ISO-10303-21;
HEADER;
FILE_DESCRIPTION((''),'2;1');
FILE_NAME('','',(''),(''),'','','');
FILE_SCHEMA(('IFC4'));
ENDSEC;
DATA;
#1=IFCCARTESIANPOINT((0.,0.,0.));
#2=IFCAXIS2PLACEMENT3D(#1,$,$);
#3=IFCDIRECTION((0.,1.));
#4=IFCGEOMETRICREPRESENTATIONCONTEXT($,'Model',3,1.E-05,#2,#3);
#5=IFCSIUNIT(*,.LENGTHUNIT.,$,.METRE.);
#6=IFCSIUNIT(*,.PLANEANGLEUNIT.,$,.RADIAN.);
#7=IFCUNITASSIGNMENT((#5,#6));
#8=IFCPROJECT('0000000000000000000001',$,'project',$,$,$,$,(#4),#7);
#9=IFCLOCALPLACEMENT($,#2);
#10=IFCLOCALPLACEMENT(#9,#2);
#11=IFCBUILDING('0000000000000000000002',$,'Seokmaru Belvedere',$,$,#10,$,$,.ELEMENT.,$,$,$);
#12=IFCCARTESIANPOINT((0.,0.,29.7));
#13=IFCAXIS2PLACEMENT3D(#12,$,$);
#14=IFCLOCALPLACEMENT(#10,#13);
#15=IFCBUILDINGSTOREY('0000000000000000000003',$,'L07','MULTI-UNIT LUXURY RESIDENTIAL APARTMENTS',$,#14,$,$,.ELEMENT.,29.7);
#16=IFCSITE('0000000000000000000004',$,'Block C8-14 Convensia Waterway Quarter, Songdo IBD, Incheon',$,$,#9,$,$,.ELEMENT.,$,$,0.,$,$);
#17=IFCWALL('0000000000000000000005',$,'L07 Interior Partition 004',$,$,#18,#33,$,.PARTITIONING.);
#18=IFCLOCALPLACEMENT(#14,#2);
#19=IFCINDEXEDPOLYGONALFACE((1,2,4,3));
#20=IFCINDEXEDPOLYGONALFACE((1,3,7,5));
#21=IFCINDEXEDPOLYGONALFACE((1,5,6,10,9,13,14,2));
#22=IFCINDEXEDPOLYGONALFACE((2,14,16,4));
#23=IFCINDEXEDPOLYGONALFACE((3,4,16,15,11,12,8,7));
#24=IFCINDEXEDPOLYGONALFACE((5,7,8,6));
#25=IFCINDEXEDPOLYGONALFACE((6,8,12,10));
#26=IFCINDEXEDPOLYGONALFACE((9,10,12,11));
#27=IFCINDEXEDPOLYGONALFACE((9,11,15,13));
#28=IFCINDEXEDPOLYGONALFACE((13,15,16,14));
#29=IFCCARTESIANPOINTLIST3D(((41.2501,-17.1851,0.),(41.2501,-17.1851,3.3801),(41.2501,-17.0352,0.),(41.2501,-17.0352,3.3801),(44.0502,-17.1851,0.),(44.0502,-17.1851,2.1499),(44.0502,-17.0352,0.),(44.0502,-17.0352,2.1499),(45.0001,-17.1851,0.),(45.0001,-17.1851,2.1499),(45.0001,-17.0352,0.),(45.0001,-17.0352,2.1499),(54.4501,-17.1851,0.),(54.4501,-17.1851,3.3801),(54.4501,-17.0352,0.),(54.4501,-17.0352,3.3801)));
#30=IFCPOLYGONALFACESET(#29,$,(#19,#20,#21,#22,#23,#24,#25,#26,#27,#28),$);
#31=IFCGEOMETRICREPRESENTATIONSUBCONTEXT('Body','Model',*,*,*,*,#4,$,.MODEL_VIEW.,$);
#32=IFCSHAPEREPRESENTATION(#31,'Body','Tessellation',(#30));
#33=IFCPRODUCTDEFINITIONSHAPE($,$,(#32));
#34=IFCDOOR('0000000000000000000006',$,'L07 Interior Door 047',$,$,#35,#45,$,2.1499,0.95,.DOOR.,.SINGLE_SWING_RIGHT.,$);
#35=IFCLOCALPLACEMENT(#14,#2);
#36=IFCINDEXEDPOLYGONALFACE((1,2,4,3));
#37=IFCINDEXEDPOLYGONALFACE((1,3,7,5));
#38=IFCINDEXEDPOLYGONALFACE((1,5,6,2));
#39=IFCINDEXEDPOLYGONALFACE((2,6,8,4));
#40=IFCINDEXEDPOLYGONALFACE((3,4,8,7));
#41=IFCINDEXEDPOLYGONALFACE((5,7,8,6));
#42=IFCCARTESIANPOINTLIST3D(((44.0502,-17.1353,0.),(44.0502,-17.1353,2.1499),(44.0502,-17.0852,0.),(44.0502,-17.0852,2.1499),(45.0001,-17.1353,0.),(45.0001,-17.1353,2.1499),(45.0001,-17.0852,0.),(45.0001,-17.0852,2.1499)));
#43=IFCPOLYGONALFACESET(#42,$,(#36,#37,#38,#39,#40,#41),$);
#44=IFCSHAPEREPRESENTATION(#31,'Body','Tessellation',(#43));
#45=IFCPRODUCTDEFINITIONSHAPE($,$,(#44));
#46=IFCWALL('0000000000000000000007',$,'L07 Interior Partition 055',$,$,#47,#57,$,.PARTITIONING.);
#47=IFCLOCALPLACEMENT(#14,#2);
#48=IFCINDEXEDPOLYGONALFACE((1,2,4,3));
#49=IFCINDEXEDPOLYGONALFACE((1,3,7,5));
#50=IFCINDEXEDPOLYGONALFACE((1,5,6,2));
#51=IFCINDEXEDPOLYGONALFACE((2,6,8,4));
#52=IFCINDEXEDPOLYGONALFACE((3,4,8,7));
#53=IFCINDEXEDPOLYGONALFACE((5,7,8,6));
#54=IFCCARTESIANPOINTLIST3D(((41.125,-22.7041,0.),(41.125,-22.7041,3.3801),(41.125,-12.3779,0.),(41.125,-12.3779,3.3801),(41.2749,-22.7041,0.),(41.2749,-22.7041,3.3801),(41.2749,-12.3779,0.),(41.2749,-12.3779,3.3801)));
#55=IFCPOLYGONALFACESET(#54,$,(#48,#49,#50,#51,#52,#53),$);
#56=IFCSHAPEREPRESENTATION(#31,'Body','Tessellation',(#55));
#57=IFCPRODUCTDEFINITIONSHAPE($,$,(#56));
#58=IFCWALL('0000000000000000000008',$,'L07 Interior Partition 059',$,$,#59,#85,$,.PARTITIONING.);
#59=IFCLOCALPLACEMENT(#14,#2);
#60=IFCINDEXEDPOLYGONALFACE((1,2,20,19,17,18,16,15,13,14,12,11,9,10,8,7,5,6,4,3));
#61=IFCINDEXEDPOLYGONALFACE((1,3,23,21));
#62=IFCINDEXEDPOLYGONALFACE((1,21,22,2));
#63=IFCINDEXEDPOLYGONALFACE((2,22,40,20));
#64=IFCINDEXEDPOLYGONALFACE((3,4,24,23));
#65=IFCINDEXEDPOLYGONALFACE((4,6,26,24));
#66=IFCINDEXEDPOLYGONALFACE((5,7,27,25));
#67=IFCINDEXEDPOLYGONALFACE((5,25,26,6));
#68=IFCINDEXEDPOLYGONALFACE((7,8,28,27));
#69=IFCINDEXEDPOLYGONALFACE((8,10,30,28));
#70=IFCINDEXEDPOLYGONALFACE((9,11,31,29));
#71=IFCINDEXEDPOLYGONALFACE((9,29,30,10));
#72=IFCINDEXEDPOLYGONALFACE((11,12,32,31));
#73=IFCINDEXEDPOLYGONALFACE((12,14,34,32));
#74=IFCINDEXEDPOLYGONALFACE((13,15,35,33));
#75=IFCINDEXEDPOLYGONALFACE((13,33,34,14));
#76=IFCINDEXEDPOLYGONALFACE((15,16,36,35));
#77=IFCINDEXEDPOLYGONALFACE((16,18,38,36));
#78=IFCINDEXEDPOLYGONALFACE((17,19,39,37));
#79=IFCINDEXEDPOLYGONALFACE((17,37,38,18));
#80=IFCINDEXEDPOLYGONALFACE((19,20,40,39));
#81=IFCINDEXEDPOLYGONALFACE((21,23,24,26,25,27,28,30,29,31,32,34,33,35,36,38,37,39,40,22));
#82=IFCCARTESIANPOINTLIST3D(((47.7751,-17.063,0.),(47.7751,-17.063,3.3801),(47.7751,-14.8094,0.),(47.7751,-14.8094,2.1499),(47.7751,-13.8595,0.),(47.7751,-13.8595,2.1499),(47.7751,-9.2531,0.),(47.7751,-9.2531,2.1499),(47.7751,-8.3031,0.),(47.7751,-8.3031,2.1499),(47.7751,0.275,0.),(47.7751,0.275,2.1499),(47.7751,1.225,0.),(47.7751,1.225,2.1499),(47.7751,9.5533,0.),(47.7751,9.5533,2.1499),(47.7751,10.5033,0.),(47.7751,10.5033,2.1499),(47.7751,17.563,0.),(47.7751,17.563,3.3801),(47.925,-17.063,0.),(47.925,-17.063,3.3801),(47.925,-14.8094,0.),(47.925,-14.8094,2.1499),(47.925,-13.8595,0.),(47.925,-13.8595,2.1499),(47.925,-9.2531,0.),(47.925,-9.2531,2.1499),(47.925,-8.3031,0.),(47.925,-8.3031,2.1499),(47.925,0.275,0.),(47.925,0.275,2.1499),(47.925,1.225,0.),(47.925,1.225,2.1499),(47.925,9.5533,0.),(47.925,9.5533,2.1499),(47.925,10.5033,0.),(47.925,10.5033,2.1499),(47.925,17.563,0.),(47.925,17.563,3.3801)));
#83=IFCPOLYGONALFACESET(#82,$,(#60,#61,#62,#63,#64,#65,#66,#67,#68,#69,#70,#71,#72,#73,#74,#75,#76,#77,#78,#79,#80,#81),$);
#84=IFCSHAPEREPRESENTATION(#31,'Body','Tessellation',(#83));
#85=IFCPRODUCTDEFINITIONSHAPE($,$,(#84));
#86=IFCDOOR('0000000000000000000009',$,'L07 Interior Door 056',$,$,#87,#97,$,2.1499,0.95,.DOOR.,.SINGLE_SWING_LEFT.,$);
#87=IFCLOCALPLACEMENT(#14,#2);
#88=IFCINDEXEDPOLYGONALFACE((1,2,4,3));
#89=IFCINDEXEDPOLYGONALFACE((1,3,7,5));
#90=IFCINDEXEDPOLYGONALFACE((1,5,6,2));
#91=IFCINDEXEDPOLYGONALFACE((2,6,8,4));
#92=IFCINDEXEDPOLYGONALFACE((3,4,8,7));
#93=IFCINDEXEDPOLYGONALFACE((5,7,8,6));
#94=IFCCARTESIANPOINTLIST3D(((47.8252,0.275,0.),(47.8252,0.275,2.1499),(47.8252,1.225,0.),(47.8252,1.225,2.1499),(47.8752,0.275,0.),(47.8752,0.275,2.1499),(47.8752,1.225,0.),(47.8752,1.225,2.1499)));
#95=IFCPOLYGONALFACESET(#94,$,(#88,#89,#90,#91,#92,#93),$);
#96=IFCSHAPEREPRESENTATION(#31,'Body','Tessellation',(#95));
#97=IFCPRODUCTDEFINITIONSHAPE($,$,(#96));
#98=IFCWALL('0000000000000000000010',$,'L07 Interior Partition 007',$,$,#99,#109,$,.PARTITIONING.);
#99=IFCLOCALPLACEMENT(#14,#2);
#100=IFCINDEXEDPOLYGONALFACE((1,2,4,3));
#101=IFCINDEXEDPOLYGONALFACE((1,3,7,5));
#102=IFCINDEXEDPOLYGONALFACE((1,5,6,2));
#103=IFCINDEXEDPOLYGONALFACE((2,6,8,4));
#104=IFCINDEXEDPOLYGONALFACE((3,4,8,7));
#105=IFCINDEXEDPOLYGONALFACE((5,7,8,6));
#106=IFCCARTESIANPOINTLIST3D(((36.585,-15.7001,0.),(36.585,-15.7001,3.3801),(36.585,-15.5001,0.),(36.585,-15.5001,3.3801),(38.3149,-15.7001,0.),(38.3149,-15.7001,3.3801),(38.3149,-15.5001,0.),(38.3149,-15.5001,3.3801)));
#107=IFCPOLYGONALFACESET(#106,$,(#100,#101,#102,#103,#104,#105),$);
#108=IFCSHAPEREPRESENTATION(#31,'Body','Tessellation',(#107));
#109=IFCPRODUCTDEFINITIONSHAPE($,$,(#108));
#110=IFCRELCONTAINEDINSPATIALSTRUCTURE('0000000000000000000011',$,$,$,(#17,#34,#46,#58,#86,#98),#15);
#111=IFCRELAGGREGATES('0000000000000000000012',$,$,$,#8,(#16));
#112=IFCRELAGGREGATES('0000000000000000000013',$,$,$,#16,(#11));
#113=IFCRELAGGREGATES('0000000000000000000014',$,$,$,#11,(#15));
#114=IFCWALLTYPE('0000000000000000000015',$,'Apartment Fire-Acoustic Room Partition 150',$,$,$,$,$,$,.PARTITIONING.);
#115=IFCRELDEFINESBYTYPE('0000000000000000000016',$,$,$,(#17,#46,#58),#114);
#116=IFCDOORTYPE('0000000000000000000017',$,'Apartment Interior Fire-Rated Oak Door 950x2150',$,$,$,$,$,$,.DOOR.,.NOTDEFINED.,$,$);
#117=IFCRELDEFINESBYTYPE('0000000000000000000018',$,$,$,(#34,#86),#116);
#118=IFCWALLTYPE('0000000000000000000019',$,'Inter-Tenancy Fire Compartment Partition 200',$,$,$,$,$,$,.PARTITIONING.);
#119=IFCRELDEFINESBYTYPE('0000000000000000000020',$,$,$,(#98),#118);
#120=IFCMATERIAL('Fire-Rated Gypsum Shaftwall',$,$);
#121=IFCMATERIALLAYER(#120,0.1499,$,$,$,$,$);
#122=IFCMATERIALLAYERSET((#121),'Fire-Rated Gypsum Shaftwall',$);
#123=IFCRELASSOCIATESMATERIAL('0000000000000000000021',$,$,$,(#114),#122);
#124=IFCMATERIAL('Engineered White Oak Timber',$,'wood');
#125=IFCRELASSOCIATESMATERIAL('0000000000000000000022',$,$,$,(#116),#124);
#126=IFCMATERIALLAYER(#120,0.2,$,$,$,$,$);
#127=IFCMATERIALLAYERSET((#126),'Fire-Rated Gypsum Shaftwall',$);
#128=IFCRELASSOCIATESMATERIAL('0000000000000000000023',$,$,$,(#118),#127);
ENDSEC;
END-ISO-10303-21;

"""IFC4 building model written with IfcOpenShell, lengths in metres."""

from ifc_helpers import new_model, si_unit, direction, frame, frame_2d, origin, place, context, subcontext, project, spatial, rectangle, extrude, source, transform, mapped, material, layer, layer_set, type_object, type_shapes, element, fill, save


model = new_model("IFC4")

# Units and contexts
model_context = context("Model", 3, precision=1e-05, world=origin(), true_north=direction((0.0, 1.0)))
body_context = subcontext(model_context, "Body", "Model", "MODEL_VIEW")
ifc_project = project(units=[si_unit("LENGTHUNIT", "METRE"), si_unit("PLANEANGLEUNIT", "RADIAN")], contexts=[model_context])

# Site, building, storey
site_placement = place(None, origin())
site = spatial("IfcSite", under=ifc_project, at=site_placement, Name="Block C8-14 Convensia Waterway Quarter, Songdo IBD, Incheon", CompositionType="ELEMENT", RefElevation=0.0)
building_placement = place(site_placement, origin())
building = spatial("IfcBuilding", under=site, at=building_placement, Name="Seokmaru Belvedere", CompositionType="ELEMENT")
storey_placement = place(building_placement, frame((0.0, 0.0, 29.7)))
storey = spatial("IfcBuildingStorey", under=building, at=storey_placement, Name="L07", Description="MULTI-UNIT LUXURY RESIDENTIAL APARTMENTS", CompositionType="ELEMENT", Elevation=29.7)

# Wall, opening, door
ifc_material_1 = material(Name="Fire-Rated Gypsum Shaftwall")
ifc_layer_1 = layer(ifc_material_1, 0.1499)
ifc_layer_set_1 = layer_set([ifc_layer_1], Name="Fire-Rated Gypsum Shaftwall")
wall_type_1 = type_object("IfcWallType", Name="Apartment Fire-Acoustic Room Partition 150", PredefinedType="PARTITIONING", material=ifc_layer_set_1)
wall_1_placement = place(storey_placement, frame((41.25, -17.1101, 0.0), z_axis=(0.0, 0.0, 1.0), x_axis=(1.0, 0.0, 0.0)))
wall_1 = element("IfcWall", 1, at=wall_1_placement, inside=storey, type_object=wall_type_1, Name="L07 Interior Partition 004", PredefinedType="PARTITIONING", context=body_context, shape_type="SweptSolid", body=[
    extrude(rectangle(XDim=13.2, YDim=0.1499, at=frame_2d((6.6001, 0.0))), origin(), (0.0, 0.0, 1.0), 3.3801),
])
opening_1_placement = place(wall_1_placement, frame((2.8, 0.0, 0.0)))
opening_1 = element("IfcOpeningElement", 2, at=opening_1_placement, cuts=wall_1, PredefinedType="OPENING", context=body_context, shape_type="SweptSolid", body=[
    extrude(rectangle(XDim=0.95, YDim=2.1499, at=frame_2d((0.4751, 1.075))), frame((0.0, 0.085, 0.0), z_axis=(0.0, -1.0, 0.0), x_axis=(1.0, 0.0, 0.0)), (0.0, 0.0, 1.0), 0.1699),
])
ifc_material_2 = material(Name="Engineered White Oak Timber", Category="wood")
door_type_1 = type_object("IfcDoorType", Name="Apartment Interior Fire-Rated Oak Door 950x2150", OperationType="NOTDEFINED", PredefinedType="DOOR", material=ifc_material_2)
shared_shape_1 = source(origin(), body_context, "Body", "SweptSolid", [
    extrude(rectangle(XDim=0.95, YDim=2.1499, at=frame_2d((0.4751, 1.075))), frame((0.0, 0.0249, 0.0), z_axis=(0.0, -1.0, 0.0), x_axis=(1.0, 0.0, 0.0)), (0.0, 0.0, 1.0), 0.05),
])
type_shapes(door_type_1, [shared_shape_1])
door_1_placement = place(opening_1_placement, origin())
door_1 = element("IfcDoor", 3, at=door_1_placement, inside=storey, type_object=door_type_1, Name="L07 Interior Door 047", OperationType="SINGLE_SWING_RIGHT", OverallHeight=2.1499, OverallWidth=0.95, PredefinedType="DOOR", context=body_context, shape_type="MappedRepresentation", body=[
    mapped(shared_shape_1, transform((0.0, 0.0, 0.0), scale=1.0)),
])
fill(opening_1, door_1)

# Wall
wall_2_placement = place(storey_placement, frame((41.2, -22.7041, 0.0), z_axis=(0.0, 0.0, 1.0), x_axis=(0.0, 1.0, 0.0)))
element("IfcWall", 4, at=wall_2_placement, inside=storey, type_object=wall_type_1, Name="L07 Interior Partition 055", PredefinedType="PARTITIONING", context=body_context, shape_type="SweptSolid", body=[
    extrude(rectangle(XDim=10.3262, YDim=0.1499, at=frame_2d((5.1631, 0.0))), origin(), (0.0, 0.0, 1.0), 3.3801),
])

# Wall, openings, door
wall_3_placement = place(storey_placement, frame((47.8501, -17.063, 0.0), z_axis=(0.0, 0.0, 1.0), x_axis=(0.0, 1.0, 0.0)))
wall_3 = element("IfcWall", 5, at=wall_3_placement, inside=storey, type_object=wall_type_1, Name="L07 Interior Partition 059", PredefinedType="PARTITIONING", context=body_context, shape_type="SweptSolid", body=[
    extrude(rectangle(XDim=34.626, YDim=0.1499, at=frame_2d((17.313, 0.0))), origin(), (0.0, 0.0, 1.0), 3.3801),
])
opening_2_placement = place(wall_3_placement, frame((7.8098, 0.0, 0.0)))
element("IfcOpeningElement", 6, at=opening_2_placement, cuts=wall_3, PredefinedType="OPENING", context=body_context, shape_type="SweptSolid", body=[
    extrude(rectangle(XDim=0.95, YDim=2.1499, at=frame_2d((0.4751, 1.075))), frame((0.0, 0.085, 0.0), z_axis=(0.0, -1.0, 0.0), x_axis=(1.0, 0.0, 0.0)), (0.0, 0.0, 1.0), 0.1699),
])
opening_3_placement = place(wall_3_placement, frame((2.2534, 0.0, 0.0)))
element("IfcOpeningElement", 7, at=opening_3_placement, cuts=wall_3, PredefinedType="OPENING", context=body_context, shape_type="SweptSolid", body=[
    extrude(rectangle(XDim=0.95, YDim=2.1499, at=frame_2d((0.4751, 1.075))), frame((0.0, 0.085, 0.0), z_axis=(0.0, -1.0, 0.0), x_axis=(1.0, 0.0, 0.0)), (0.0, 0.0, 1.0), 0.1699),
])
opening_4_placement = place(wall_3_placement, frame((17.3379, 0.0, 0.0)))
opening_4 = element("IfcOpeningElement", 8, at=opening_4_placement, cuts=wall_3, PredefinedType="OPENING", context=body_context, shape_type="SweptSolid", body=[
    extrude(rectangle(XDim=0.95, YDim=2.1499, at=frame_2d((0.4751, 1.075))), frame((0.0, 0.085, 0.0), z_axis=(0.0, -1.0, 0.0), x_axis=(1.0, 0.0, 0.0)), (0.0, 0.0, 1.0), 0.1699),
])
opening_5_placement = place(wall_3_placement, frame((26.6162, 0.0, 0.0)))
element("IfcOpeningElement", 9, at=opening_5_placement, cuts=wall_3, PredefinedType="OPENING", context=body_context, shape_type="SweptSolid", body=[
    extrude(rectangle(XDim=0.95, YDim=2.1499, at=frame_2d((0.4751, 1.075))), frame((0.0, 0.085, 0.0), z_axis=(0.0, -1.0, 0.0), x_axis=(1.0, 0.0, 0.0)), (0.0, 0.0, 1.0), 0.1699),
])
door_2_placement = place(opening_4_placement, origin())
door_2 = element("IfcDoor", 10, at=door_2_placement, inside=storey, type_object=door_type_1, Name="L07 Interior Door 056", OperationType="SINGLE_SWING_LEFT", OverallHeight=2.1499, OverallWidth=0.95, PredefinedType="DOOR", context=body_context, shape_type="MappedRepresentation", body=[
    mapped(shared_shape_1, transform((0.0, 0.0, 0.0), scale=1.0)),
])
fill(opening_4, door_2)

# Wall
ifc_layer_2 = layer(ifc_material_1, 0.2)
ifc_layer_set_2 = layer_set([ifc_layer_2], Name="Fire-Rated Gypsum Shaftwall")
wall_type_2 = type_object("IfcWallType", Name="Inter-Tenancy Fire Compartment Partition 200", PredefinedType="PARTITIONING", material=ifc_layer_set_2)
wall_4_placement = place(storey_placement, frame((36.585, -15.6001, 0.0), z_axis=(0.0, 0.0, 1.0), x_axis=(1.0, 0.0, 0.0)))
element("IfcWall", 11, at=wall_4_placement, inside=storey, type_object=wall_type_2, Name="L07 Interior Partition 007", PredefinedType="PARTITIONING", context=body_context, shape_type="SweptSolid", body=[
    extrude(rectangle(XDim=1.73, YDim=0.2, at=frame_2d((0.865, 0.0))), origin(), (0.0, 0.0, 1.0), 3.3801),
])

save(model, "model.ifc")
